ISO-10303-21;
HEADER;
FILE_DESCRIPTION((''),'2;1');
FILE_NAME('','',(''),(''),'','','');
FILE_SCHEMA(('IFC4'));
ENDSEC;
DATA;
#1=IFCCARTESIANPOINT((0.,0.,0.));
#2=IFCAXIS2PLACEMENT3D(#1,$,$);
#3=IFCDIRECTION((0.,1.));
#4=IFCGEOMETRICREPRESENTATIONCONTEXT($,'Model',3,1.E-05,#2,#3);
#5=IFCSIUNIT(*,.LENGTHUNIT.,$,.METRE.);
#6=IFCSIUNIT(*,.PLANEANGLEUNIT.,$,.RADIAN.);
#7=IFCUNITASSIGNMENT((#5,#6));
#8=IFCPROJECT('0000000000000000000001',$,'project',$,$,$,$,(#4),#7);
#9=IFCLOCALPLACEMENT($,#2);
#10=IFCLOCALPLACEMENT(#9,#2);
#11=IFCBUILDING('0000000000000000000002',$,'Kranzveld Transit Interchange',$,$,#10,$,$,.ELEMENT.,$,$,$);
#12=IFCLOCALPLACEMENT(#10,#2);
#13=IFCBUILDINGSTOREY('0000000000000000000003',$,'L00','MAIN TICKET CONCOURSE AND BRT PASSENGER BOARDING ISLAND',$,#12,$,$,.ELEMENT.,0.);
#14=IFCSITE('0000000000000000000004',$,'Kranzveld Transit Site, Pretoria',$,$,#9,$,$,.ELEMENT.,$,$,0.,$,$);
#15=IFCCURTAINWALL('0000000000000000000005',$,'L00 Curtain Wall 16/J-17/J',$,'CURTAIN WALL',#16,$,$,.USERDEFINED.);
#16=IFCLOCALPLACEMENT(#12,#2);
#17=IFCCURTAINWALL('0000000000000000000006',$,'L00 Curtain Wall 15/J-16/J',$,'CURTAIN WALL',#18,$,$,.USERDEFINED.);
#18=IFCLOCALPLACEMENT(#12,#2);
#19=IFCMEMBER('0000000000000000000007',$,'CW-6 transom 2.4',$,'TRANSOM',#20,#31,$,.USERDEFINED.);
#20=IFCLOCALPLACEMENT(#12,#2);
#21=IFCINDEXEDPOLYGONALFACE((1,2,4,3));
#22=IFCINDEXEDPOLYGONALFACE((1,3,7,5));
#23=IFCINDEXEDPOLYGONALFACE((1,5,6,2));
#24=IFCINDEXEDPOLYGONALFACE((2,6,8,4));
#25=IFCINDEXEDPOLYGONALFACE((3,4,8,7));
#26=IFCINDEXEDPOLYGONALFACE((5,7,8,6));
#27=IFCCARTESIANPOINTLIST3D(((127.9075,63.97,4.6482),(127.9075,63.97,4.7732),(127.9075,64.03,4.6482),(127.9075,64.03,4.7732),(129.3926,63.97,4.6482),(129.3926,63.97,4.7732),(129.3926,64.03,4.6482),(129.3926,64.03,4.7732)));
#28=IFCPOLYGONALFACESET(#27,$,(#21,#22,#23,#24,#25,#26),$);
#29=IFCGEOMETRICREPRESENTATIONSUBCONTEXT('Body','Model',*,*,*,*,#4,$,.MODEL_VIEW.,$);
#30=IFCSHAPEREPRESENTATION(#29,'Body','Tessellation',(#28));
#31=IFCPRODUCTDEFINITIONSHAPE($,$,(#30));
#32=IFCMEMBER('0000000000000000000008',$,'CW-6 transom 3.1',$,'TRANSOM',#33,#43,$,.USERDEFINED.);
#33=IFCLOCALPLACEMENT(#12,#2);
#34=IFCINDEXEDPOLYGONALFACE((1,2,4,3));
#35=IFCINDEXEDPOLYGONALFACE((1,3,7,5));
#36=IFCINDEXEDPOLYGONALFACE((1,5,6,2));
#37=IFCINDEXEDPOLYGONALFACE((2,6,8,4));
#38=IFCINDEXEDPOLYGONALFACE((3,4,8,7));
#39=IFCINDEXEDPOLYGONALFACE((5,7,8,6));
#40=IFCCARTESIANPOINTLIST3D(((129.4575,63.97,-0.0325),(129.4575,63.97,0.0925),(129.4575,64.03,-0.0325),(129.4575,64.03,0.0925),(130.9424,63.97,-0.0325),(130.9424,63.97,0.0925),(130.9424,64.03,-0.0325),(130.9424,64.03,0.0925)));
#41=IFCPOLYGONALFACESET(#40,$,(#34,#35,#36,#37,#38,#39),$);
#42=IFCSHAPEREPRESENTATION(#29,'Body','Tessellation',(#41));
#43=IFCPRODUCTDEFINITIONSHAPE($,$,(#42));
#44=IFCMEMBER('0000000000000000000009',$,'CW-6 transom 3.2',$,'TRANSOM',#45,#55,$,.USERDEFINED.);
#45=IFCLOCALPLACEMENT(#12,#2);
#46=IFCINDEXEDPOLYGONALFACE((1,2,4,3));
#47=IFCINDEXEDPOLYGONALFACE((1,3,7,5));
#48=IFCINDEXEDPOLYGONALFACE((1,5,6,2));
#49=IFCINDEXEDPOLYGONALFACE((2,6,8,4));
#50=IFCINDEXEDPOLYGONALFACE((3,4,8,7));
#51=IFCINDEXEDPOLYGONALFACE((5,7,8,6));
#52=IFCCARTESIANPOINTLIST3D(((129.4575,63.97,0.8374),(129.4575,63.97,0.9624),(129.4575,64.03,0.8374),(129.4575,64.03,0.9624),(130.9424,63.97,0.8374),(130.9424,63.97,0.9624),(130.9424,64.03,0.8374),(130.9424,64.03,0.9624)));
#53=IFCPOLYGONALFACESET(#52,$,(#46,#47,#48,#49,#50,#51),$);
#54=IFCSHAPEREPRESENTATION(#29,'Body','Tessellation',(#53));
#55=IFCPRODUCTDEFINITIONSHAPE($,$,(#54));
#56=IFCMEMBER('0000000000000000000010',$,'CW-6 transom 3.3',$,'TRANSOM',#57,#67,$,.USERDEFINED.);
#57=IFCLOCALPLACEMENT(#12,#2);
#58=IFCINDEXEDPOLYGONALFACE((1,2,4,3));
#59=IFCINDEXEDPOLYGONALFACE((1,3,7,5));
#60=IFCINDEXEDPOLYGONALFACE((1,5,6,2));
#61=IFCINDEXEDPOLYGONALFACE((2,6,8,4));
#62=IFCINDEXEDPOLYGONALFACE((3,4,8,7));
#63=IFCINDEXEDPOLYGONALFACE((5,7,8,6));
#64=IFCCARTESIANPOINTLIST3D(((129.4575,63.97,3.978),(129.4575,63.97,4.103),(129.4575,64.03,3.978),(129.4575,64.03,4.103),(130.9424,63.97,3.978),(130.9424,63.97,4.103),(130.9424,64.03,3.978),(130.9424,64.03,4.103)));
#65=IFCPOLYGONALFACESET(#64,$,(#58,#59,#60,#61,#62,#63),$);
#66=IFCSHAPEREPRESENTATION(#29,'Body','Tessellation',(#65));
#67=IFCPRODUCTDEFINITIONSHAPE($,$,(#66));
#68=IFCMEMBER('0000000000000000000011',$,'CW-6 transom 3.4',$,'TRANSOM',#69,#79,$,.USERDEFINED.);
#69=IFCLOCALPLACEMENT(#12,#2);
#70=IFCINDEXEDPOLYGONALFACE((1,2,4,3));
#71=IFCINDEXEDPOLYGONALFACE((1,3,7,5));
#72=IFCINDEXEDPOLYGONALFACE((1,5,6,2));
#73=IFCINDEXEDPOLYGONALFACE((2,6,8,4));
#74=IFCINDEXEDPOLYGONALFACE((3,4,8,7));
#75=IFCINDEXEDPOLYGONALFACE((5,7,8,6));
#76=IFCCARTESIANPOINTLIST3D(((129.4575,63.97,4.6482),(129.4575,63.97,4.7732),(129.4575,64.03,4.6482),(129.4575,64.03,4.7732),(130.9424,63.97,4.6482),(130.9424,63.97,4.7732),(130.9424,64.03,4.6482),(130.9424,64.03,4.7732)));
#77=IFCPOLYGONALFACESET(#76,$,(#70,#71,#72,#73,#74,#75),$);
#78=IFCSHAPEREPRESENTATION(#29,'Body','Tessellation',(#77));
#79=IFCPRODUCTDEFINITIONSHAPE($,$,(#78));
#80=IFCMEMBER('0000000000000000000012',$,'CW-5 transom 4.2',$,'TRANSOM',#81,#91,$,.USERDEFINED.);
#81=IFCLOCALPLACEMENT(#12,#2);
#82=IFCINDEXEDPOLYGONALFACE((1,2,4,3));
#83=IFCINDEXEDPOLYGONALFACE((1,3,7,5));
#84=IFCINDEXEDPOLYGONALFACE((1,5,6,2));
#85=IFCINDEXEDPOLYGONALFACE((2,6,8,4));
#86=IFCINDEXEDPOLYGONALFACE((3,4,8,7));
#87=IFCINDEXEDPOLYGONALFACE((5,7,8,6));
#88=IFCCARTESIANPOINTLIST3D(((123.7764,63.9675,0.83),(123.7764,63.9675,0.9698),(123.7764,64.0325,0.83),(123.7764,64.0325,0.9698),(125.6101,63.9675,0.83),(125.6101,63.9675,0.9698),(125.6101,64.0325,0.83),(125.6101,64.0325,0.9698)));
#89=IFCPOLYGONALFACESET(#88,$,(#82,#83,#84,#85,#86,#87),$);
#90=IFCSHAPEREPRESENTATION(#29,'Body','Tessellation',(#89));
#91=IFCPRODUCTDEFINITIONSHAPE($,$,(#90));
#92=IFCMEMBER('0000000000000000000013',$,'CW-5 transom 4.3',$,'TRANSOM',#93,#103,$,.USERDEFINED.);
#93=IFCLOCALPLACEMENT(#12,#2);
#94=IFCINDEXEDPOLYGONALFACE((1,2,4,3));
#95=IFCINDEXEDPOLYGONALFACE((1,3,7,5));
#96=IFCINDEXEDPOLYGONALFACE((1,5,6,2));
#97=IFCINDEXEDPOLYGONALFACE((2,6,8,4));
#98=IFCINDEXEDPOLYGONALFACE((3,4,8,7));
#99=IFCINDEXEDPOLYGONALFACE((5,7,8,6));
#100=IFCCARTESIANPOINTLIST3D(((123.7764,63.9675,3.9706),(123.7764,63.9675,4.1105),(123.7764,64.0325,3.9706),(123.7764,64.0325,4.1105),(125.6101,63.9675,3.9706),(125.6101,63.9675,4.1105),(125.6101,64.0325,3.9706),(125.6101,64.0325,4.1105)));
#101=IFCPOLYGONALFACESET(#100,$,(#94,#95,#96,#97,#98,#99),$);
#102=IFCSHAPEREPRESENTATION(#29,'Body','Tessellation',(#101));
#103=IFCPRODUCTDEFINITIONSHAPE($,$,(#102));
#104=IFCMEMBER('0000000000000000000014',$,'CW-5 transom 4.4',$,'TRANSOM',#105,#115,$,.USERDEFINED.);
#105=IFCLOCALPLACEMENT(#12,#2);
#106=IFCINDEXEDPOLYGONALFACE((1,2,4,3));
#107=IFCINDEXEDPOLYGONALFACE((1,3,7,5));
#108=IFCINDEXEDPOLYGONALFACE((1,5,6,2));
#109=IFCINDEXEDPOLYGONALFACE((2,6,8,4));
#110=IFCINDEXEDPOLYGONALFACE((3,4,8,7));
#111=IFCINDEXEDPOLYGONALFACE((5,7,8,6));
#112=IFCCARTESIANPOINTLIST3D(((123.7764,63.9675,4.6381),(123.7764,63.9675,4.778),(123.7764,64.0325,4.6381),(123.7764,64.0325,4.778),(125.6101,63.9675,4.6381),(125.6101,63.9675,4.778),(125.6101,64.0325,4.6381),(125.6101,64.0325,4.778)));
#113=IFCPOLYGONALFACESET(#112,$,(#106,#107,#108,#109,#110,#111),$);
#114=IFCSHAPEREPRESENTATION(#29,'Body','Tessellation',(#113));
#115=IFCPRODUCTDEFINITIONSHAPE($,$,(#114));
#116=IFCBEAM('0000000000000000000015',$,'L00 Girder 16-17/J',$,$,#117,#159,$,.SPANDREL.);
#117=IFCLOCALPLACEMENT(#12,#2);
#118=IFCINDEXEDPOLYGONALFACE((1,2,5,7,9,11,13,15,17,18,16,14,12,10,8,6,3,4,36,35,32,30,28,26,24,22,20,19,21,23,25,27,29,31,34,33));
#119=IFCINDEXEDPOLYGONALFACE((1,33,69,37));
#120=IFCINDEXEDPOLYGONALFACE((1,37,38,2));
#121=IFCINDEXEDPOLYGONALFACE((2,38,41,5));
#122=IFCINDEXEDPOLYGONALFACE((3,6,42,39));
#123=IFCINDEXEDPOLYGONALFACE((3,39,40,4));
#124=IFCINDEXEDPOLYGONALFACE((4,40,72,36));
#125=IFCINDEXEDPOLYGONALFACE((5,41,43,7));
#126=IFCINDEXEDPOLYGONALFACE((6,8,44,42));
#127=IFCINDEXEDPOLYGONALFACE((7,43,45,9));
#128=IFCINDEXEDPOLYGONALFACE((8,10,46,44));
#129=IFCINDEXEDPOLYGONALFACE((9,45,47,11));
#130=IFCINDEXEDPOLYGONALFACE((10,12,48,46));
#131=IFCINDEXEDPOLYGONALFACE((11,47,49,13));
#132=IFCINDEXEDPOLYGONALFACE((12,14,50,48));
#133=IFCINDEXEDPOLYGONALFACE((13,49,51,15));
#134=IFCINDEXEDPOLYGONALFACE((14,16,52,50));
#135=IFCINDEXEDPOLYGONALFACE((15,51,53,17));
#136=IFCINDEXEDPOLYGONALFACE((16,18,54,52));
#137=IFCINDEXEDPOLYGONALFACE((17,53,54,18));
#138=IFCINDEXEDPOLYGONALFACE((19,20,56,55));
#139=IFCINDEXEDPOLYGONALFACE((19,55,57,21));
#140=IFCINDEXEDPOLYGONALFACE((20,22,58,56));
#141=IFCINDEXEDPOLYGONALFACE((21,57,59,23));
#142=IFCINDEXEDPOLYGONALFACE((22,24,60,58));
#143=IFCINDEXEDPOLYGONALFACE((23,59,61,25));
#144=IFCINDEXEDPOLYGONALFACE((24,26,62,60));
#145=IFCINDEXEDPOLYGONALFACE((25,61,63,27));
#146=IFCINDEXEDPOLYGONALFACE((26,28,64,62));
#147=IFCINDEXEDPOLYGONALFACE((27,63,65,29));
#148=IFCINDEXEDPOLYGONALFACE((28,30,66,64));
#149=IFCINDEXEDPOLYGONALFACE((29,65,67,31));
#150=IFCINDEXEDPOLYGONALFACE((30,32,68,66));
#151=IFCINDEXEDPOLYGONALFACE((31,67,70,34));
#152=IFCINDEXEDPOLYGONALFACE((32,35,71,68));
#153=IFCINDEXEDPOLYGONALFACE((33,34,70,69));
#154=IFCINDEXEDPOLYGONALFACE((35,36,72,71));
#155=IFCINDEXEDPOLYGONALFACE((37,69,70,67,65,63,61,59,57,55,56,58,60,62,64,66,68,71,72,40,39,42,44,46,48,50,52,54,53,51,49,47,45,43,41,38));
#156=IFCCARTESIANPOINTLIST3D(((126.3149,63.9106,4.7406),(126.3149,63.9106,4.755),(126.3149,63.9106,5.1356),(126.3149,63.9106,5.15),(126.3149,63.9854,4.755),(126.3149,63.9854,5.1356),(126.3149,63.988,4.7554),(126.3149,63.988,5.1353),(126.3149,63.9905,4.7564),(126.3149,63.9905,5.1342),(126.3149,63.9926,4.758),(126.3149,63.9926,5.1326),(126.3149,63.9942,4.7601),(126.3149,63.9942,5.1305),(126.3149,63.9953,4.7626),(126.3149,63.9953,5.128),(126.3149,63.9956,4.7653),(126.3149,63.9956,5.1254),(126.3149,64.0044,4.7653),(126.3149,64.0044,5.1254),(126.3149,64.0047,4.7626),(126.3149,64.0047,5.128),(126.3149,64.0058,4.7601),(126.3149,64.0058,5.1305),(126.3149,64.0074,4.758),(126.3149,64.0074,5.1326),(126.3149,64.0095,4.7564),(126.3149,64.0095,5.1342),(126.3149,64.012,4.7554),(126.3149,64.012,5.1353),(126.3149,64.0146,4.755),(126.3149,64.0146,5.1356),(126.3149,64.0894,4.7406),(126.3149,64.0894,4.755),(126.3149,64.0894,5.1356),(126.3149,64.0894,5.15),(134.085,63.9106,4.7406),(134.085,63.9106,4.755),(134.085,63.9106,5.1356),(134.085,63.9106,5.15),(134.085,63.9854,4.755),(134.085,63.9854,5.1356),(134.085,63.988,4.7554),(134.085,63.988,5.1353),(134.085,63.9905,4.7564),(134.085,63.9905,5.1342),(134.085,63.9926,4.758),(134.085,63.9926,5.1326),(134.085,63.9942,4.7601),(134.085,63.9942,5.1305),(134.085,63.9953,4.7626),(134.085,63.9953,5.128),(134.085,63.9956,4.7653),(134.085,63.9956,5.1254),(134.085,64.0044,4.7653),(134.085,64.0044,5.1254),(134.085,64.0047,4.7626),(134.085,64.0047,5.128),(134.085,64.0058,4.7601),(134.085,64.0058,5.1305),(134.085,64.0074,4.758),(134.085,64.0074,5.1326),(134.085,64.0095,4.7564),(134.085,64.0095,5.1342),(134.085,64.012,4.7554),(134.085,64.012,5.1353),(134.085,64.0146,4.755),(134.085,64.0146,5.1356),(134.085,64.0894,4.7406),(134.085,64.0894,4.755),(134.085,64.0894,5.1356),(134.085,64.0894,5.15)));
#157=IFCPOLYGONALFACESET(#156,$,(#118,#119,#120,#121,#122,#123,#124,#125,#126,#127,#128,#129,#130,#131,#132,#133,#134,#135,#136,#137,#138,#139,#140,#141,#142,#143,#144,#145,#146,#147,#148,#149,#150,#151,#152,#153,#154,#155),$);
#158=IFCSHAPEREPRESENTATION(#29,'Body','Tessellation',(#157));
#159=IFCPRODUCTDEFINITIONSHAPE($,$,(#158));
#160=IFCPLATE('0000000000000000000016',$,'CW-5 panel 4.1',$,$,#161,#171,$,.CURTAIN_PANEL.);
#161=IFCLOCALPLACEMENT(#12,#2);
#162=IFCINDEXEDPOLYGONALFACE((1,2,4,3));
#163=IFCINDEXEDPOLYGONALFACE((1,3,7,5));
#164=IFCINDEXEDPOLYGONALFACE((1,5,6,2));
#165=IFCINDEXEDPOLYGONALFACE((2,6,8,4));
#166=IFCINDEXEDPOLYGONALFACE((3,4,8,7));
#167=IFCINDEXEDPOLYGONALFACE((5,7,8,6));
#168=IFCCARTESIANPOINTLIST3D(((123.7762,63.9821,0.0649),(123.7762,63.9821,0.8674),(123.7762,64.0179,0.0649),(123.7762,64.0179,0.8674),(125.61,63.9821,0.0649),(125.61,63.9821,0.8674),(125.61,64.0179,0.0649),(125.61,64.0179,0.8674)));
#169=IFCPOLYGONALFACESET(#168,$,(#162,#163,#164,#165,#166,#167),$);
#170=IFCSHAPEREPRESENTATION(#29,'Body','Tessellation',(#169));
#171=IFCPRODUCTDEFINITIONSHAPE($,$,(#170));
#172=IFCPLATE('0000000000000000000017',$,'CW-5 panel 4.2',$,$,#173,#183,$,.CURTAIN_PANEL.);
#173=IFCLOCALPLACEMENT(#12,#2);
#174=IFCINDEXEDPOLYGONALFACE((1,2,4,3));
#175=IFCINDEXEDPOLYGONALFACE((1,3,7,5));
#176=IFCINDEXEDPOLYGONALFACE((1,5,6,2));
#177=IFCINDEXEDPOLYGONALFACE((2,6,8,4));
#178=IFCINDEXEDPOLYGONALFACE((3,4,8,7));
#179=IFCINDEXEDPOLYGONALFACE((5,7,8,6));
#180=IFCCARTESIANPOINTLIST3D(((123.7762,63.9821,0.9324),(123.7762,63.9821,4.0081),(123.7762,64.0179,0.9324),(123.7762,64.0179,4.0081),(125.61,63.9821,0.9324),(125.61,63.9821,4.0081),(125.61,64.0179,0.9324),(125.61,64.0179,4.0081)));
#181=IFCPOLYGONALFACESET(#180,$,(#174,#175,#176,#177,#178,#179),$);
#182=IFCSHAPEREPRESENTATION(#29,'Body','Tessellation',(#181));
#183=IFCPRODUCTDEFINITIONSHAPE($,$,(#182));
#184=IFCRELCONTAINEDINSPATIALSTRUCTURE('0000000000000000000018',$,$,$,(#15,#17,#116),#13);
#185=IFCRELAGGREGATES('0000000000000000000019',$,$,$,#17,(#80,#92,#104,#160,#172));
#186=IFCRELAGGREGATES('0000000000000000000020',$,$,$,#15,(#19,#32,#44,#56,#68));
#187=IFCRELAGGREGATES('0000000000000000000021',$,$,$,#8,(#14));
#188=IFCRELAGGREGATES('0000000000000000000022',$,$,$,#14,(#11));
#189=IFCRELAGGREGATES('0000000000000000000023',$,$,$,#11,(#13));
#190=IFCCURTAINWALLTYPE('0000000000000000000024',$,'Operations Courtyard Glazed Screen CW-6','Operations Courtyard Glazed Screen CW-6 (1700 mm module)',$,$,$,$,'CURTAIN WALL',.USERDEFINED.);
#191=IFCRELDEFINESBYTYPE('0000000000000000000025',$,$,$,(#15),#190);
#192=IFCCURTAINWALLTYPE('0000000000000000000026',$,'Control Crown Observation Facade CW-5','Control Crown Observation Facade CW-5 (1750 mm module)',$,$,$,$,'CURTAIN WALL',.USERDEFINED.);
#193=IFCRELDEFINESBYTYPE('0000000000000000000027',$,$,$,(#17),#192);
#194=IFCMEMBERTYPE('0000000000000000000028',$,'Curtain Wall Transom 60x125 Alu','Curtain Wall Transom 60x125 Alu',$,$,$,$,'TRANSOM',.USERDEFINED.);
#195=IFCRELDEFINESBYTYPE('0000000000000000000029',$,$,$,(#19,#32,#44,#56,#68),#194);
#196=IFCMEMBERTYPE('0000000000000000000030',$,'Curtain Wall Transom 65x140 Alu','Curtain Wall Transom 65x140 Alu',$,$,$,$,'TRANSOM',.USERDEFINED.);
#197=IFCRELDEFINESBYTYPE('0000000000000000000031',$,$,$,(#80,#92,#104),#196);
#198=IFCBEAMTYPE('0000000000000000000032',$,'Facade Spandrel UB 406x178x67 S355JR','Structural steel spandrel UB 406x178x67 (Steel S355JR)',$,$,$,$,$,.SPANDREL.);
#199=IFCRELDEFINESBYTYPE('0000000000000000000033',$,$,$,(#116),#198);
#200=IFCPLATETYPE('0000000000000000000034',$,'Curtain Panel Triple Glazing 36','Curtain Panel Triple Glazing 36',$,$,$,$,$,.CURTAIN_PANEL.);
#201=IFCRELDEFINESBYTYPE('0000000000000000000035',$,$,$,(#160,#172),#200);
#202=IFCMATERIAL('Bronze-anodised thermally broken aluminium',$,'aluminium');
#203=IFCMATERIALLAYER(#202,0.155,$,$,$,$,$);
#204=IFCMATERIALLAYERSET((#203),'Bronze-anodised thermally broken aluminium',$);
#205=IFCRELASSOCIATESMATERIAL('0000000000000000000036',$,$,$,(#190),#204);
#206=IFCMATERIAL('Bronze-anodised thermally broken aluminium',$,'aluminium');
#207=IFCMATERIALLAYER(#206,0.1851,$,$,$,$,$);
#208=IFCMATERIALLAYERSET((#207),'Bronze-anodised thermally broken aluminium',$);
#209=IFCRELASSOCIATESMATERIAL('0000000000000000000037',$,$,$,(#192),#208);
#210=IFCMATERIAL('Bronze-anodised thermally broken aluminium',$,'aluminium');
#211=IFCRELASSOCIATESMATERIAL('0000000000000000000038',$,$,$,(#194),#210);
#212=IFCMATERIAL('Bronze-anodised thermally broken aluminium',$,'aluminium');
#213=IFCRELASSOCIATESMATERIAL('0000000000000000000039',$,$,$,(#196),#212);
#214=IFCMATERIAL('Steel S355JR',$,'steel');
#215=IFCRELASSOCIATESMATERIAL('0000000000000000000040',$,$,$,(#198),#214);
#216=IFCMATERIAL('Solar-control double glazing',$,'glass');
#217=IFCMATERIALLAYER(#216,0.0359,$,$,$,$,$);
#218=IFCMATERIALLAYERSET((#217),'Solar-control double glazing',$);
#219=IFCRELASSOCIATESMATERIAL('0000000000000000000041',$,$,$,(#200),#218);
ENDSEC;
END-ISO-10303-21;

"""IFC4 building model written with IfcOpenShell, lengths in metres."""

from ifc_helpers import new_model, si_unit, direction, frame, origin, origin_2d, place, context, subcontext, project, spatial, rectangle, i_section, extrude, material, layer, layer_set, material_profile, profile_set, type_object, element, aggregate, save


model = new_model("IFC4")

# Units and contexts
model_context = context("Model", 3, precision=1e-05, world=origin(), true_north=direction((0.0, 1.0)))
body_context = subcontext(model_context, "Body", "Model", "MODEL_VIEW")
ifc_project = project(units=[si_unit("LENGTHUNIT", "METRE"), si_unit("PLANEANGLEUNIT", "RADIAN")], contexts=[model_context])

# Site, building, storey
site_placement = place(None, origin())
site = spatial("IfcSite", under=ifc_project, at=site_placement, Name="Kranzveld Transit Site, Pretoria", CompositionType="ELEMENT", RefElevation=0.0)
building_placement = place(site_placement, origin())
building = spatial("IfcBuilding", under=site, at=building_placement, Name="Kranzveld Transit Interchange", CompositionType="ELEMENT")
storey_placement = place(building_placement, origin())
storey = spatial("IfcBuildingStorey", under=building, at=storey_placement, Name="L00", Description="MAIN TICKET CONCOURSE AND BRT PASSENGER BOARDING ISLAND", CompositionType="ELEMENT", Elevation=0.0)

# Curtain wall
ifc_material_1 = material(Name="Bronze-anodised thermally broken aluminium", Category="aluminium")
ifc_layer_1 = layer(ifc_material_1, 0.155)
ifc_layer_set_1 = layer_set([ifc_layer_1], Name="Bronze-anodised thermally broken aluminium")
curtain_wall_type_1 = type_object("IfcCurtainWallType", Name="Operations Courtyard Glazed Screen CW-6", Description="Operations Courtyard Glazed Screen CW-6 (1700 mm module)", ElementType="CURTAIN WALL", PredefinedType="USERDEFINED", material=ifc_layer_set_1)
curtain_wall_1_placement = place(storey_placement, origin())
curtain_wall_1 = element("IfcCurtainWall", 1, at=curtain_wall_1_placement, inside=storey, type_object=curtain_wall_type_1, Name="L00 Curtain Wall 16/J-17/J", ObjectType="CURTAIN WALL", PredefinedType="USERDEFINED")

# Curtain wall
ifc_material_2 = material(Name="Bronze-anodised thermally broken aluminium", Category="aluminium")
ifc_layer_2 = layer(ifc_material_2, 0.1851)
ifc_layer_set_2 = layer_set([ifc_layer_2], Name="Bronze-anodised thermally broken aluminium")
curtain_wall_type_2 = type_object("IfcCurtainWallType", Name="Control Crown Observation Facade CW-5", Description="Control Crown Observation Facade CW-5 (1750 mm module)", ElementType="CURTAIN WALL", PredefinedType="USERDEFINED", material=ifc_layer_set_2)
curtain_wall_2_placement = place(storey_placement, origin())
curtain_wall_2 = element("IfcCurtainWall", 2, at=curtain_wall_2_placement, inside=storey, type_object=curtain_wall_type_2, Name="L00 Curtain Wall 15/J-16/J", ObjectType="CURTAIN WALL", PredefinedType="USERDEFINED")

# Members
ifc_material_3 = material(Name="Bronze-anodised thermally broken aluminium", Category="aluminium")
ifc_material_profile_1 = material_profile(ifc_material_3, rectangle(XDim=0.0601, YDim=0.125, at=origin_2d()), Name="ALU TRANSOM 60x125")
ifc_profile_set_1 = profile_set([ifc_material_profile_1], Name="Bronze-anodised thermally broken aluminium")
member_type_1 = type_object("IfcMemberType", Name="Curtain Wall Transom 60x125 Alu", Description="Curtain Wall Transom 60x125 Alu", ElementType="TRANSOM", PredefinedType="USERDEFINED", material=ifc_profile_set_1)
member_1_placement = place(storey_placement, frame((127.9075, 64.0, 4.7107), z_axis=(1.0, 0.0, 0.0), x_axis=(0.0, 1.0, 0.0)))
member_1 = element("IfcMember", 3, at=member_1_placement, type_object=member_type_1, Name="CW-6 transom 2.4", ObjectType="TRANSOM", PredefinedType="USERDEFINED", context=body_context, shape_type="SweptSolid", body=[
    extrude(rectangle(XDim=0.0601, YDim=0.125, at=origin_2d()), origin(), (0.0, 0.0, 1.0), 1.4851),
])
member_2_placement = place(storey_placement, frame((129.4575, 64.0, 0.03), z_axis=(1.0, 0.0, 0.0), x_axis=(0.0, 1.0, 0.0)))
member_2 = element("IfcMember", 4, at=member_2_placement, type_object=member_type_1, Name="CW-6 transom 3.1", ObjectType="TRANSOM", PredefinedType="USERDEFINED", context=body_context, shape_type="SweptSolid", body=[
    extrude(rectangle(XDim=0.0601, YDim=0.125, at=origin_2d()), origin(), (0.0, 0.0, 1.0), 1.4849),
])
member_3_placement = place(storey_placement, frame((129.4575, 64.0, 0.8999), z_axis=(1.0, 0.0, 0.0), x_axis=(0.0, 1.0, 0.0)))
member_3 = element("IfcMember", 5, at=member_3_placement, type_object=member_type_1, Name="CW-6 transom 3.2", ObjectType="TRANSOM", PredefinedType="USERDEFINED", context=body_context, shape_type="SweptSolid", body=[
    extrude(rectangle(XDim=0.0601, YDim=0.125, at=origin_2d()), origin(), (0.0, 0.0, 1.0), 1.4849),
])
member_4_placement = place(storey_placement, frame((129.4575, 64.0, 4.0405), z_axis=(1.0, 0.0, 0.0), x_axis=(0.0, 1.0, 0.0)))
member_4 = element("IfcMember", 6, at=member_4_placement, type_object=member_type_1, Name="CW-6 transom 3.3", ObjectType="TRANSOM", PredefinedType="USERDEFINED", context=body_context, shape_type="SweptSolid", body=[
    extrude(rectangle(XDim=0.0601, YDim=0.125, at=origin_2d()), origin(), (0.0, 0.0, 1.0), 1.4849),
])
member_5_placement = place(storey_placement, frame((129.4575, 64.0, 4.7107), z_axis=(1.0, 0.0, 0.0), x_axis=(0.0, 1.0, 0.0)))
member_5 = element("IfcMember", 7, at=member_5_placement, type_object=member_type_1, Name="CW-6 transom 3.4", ObjectType="TRANSOM", PredefinedType="USERDEFINED", context=body_context, shape_type="SweptSolid", body=[
    extrude(rectangle(XDim=0.0601, YDim=0.125, at=origin_2d()), origin(), (0.0, 0.0, 1.0), 1.4849),
])
ifc_material_4 = material(Name="Bronze-anodised thermally broken aluminium", Category="aluminium")
ifc_material_profile_2 = material_profile(ifc_material_4, rectangle(XDim=0.0649, YDim=0.1399, at=origin_2d()), Name="ALU TRANSOM 65x140")
ifc_profile_set_2 = profile_set([ifc_material_profile_2], Name="Bronze-anodised thermally broken aluminium")
member_type_2 = type_object("IfcMemberType", Name="Curtain Wall Transom 65x140 Alu", Description="Curtain Wall Transom 65x140 Alu", ElementType="TRANSOM", PredefinedType="USERDEFINED", material=ifc_profile_set_2)
member_6_placement = place(storey_placement, frame((123.7764, 64.0, 0.8999), z_axis=(1.0, 0.0, 0.0), x_axis=(0.0, 1.0, 0.0)))
member_6 = element("IfcMember", 8, at=member_6_placement, type_object=member_type_2, Name="CW-5 transom 4.2", ObjectType="TRANSOM", PredefinedType="USERDEFINED", context=body_context, shape_type="SweptSolid", body=[
    extrude(rectangle(XDim=0.0649, YDim=0.1399, at=origin_2d()), origin(), (0.0, 0.0, 1.0), 1.8337),
])
member_7_placement = place(storey_placement, frame((123.7764, 64.0, 4.0405), z_axis=(1.0, 0.0, 0.0), x_axis=(0.0, 1.0, 0.0)))
member_7 = element("IfcMember", 9, at=member_7_placement, type_object=member_type_2, Name="CW-5 transom 4.3", ObjectType="TRANSOM", PredefinedType="USERDEFINED", context=body_context, shape_type="SweptSolid", body=[
    extrude(rectangle(XDim=0.0649, YDim=0.1399, at=origin_2d()), origin(), (0.0, 0.0, 1.0), 1.8337),
])
member_8_placement = place(storey_placement, frame((123.7764, 64.0, 4.708), z_axis=(1.0, 0.0, 0.0), x_axis=(0.0, 1.0, 0.0)))
member_8 = element("IfcMember", 10, at=member_8_placement, type_object=member_type_2, Name="CW-5 transom 4.4", ObjectType="TRANSOM", PredefinedType="USERDEFINED", context=body_context, shape_type="SweptSolid", body=[
    extrude(rectangle(XDim=0.0649, YDim=0.1399, at=origin_2d()), origin(), (0.0, 0.0, 1.0), 1.8337),
])

# Beam
ifc_material_5 = material(Name="Steel S355JR", Category="steel")
ifc_material_profile_3 = material_profile(ifc_material_5, i_section(OverallWidth=0.1787, OverallDepth=0.4094, WebThickness=0.0088, FlangeThickness=0.0144, FilletRadius=0.0103, at=origin_2d()), Name="UB 406x178x67")
ifc_profile_set_3 = profile_set([ifc_material_profile_3], Name="Steel S355JR")
beam_type = type_object("IfcBeamType", Name="Facade Spandrel UB 406x178x67 S355JR", Description="Structural steel spandrel UB 406x178x67 (Steel S355JR)", PredefinedType="SPANDREL", material=ifc_profile_set_3)
beam_placement = place(storey_placement, frame((126.3149, 64.0, 4.9453), z_axis=(1.0, 0.0, 0.0), x_axis=(0.0, 1.0, 0.0)))
element("IfcBeam", 11, at=beam_placement, inside=storey, type_object=beam_type, Name="L00 Girder 16-17/J", PredefinedType="SPANDREL", context=body_context, shape_type="SweptSolid", body=[
    extrude(i_section(OverallWidth=0.1787, OverallDepth=0.4094, WebThickness=0.0088, FlangeThickness=0.0144, FilletRadius=0.0103, at=origin_2d()), origin(), (0.0, 0.0, 1.0), 7.77),
])

# Plates
ifc_material_6 = material(Name="Solar-control double glazing", Category="glass")
ifc_layer_3 = layer(ifc_material_6, 0.0359)
ifc_layer_set_3 = layer_set([ifc_layer_3], Name="Solar-control double glazing")
plate_type_1 = type_object("IfcPlateType", Name="Curtain Panel Triple Glazing 36", Description="Curtain Panel Triple Glazing 36", PredefinedType="CURTAIN_PANEL", material=ifc_layer_set_3)
plate_1_placement = place(storey_placement, frame((124.6931, 64.0, 0.0649), z_axis=(0.0, 0.0, 1.0), x_axis=(1.0, 0.0, 0.0)))
plate_1 = element("IfcPlate", 12, at=plate_1_placement, type_object=plate_type_1, Name="CW-5 panel 4.1", PredefinedType="CURTAIN_PANEL", context=body_context, shape_type="SweptSolid", body=[
    extrude(rectangle(XDim=1.8337, YDim=0.0359, at=origin_2d()), origin(), (0.0, 0.0, 1.0), 0.8025),
])
plate_2_placement = place(storey_placement, frame((124.6931, 64.0, 0.9324), z_axis=(0.0, 0.0, 1.0), x_axis=(1.0, 0.0, 0.0)))
plate_2 = element("IfcPlate", 13, at=plate_2_placement, type_object=plate_type_1, Name="CW-5 panel 4.2", PredefinedType="CURTAIN_PANEL", context=body_context, shape_type="SweptSolid", body=[
    extrude(rectangle(XDim=1.8337, YDim=0.0359, at=origin_2d()), origin(), (0.0, 0.0, 1.0), 3.0757),
])
aggregate(curtain_wall_2, [member_6, member_7, member_8, plate_1, plate_2])
aggregate(curtain_wall_1, [member_1, member_2, member_3, member_4, member_5])

save(model, "model.ifc")
